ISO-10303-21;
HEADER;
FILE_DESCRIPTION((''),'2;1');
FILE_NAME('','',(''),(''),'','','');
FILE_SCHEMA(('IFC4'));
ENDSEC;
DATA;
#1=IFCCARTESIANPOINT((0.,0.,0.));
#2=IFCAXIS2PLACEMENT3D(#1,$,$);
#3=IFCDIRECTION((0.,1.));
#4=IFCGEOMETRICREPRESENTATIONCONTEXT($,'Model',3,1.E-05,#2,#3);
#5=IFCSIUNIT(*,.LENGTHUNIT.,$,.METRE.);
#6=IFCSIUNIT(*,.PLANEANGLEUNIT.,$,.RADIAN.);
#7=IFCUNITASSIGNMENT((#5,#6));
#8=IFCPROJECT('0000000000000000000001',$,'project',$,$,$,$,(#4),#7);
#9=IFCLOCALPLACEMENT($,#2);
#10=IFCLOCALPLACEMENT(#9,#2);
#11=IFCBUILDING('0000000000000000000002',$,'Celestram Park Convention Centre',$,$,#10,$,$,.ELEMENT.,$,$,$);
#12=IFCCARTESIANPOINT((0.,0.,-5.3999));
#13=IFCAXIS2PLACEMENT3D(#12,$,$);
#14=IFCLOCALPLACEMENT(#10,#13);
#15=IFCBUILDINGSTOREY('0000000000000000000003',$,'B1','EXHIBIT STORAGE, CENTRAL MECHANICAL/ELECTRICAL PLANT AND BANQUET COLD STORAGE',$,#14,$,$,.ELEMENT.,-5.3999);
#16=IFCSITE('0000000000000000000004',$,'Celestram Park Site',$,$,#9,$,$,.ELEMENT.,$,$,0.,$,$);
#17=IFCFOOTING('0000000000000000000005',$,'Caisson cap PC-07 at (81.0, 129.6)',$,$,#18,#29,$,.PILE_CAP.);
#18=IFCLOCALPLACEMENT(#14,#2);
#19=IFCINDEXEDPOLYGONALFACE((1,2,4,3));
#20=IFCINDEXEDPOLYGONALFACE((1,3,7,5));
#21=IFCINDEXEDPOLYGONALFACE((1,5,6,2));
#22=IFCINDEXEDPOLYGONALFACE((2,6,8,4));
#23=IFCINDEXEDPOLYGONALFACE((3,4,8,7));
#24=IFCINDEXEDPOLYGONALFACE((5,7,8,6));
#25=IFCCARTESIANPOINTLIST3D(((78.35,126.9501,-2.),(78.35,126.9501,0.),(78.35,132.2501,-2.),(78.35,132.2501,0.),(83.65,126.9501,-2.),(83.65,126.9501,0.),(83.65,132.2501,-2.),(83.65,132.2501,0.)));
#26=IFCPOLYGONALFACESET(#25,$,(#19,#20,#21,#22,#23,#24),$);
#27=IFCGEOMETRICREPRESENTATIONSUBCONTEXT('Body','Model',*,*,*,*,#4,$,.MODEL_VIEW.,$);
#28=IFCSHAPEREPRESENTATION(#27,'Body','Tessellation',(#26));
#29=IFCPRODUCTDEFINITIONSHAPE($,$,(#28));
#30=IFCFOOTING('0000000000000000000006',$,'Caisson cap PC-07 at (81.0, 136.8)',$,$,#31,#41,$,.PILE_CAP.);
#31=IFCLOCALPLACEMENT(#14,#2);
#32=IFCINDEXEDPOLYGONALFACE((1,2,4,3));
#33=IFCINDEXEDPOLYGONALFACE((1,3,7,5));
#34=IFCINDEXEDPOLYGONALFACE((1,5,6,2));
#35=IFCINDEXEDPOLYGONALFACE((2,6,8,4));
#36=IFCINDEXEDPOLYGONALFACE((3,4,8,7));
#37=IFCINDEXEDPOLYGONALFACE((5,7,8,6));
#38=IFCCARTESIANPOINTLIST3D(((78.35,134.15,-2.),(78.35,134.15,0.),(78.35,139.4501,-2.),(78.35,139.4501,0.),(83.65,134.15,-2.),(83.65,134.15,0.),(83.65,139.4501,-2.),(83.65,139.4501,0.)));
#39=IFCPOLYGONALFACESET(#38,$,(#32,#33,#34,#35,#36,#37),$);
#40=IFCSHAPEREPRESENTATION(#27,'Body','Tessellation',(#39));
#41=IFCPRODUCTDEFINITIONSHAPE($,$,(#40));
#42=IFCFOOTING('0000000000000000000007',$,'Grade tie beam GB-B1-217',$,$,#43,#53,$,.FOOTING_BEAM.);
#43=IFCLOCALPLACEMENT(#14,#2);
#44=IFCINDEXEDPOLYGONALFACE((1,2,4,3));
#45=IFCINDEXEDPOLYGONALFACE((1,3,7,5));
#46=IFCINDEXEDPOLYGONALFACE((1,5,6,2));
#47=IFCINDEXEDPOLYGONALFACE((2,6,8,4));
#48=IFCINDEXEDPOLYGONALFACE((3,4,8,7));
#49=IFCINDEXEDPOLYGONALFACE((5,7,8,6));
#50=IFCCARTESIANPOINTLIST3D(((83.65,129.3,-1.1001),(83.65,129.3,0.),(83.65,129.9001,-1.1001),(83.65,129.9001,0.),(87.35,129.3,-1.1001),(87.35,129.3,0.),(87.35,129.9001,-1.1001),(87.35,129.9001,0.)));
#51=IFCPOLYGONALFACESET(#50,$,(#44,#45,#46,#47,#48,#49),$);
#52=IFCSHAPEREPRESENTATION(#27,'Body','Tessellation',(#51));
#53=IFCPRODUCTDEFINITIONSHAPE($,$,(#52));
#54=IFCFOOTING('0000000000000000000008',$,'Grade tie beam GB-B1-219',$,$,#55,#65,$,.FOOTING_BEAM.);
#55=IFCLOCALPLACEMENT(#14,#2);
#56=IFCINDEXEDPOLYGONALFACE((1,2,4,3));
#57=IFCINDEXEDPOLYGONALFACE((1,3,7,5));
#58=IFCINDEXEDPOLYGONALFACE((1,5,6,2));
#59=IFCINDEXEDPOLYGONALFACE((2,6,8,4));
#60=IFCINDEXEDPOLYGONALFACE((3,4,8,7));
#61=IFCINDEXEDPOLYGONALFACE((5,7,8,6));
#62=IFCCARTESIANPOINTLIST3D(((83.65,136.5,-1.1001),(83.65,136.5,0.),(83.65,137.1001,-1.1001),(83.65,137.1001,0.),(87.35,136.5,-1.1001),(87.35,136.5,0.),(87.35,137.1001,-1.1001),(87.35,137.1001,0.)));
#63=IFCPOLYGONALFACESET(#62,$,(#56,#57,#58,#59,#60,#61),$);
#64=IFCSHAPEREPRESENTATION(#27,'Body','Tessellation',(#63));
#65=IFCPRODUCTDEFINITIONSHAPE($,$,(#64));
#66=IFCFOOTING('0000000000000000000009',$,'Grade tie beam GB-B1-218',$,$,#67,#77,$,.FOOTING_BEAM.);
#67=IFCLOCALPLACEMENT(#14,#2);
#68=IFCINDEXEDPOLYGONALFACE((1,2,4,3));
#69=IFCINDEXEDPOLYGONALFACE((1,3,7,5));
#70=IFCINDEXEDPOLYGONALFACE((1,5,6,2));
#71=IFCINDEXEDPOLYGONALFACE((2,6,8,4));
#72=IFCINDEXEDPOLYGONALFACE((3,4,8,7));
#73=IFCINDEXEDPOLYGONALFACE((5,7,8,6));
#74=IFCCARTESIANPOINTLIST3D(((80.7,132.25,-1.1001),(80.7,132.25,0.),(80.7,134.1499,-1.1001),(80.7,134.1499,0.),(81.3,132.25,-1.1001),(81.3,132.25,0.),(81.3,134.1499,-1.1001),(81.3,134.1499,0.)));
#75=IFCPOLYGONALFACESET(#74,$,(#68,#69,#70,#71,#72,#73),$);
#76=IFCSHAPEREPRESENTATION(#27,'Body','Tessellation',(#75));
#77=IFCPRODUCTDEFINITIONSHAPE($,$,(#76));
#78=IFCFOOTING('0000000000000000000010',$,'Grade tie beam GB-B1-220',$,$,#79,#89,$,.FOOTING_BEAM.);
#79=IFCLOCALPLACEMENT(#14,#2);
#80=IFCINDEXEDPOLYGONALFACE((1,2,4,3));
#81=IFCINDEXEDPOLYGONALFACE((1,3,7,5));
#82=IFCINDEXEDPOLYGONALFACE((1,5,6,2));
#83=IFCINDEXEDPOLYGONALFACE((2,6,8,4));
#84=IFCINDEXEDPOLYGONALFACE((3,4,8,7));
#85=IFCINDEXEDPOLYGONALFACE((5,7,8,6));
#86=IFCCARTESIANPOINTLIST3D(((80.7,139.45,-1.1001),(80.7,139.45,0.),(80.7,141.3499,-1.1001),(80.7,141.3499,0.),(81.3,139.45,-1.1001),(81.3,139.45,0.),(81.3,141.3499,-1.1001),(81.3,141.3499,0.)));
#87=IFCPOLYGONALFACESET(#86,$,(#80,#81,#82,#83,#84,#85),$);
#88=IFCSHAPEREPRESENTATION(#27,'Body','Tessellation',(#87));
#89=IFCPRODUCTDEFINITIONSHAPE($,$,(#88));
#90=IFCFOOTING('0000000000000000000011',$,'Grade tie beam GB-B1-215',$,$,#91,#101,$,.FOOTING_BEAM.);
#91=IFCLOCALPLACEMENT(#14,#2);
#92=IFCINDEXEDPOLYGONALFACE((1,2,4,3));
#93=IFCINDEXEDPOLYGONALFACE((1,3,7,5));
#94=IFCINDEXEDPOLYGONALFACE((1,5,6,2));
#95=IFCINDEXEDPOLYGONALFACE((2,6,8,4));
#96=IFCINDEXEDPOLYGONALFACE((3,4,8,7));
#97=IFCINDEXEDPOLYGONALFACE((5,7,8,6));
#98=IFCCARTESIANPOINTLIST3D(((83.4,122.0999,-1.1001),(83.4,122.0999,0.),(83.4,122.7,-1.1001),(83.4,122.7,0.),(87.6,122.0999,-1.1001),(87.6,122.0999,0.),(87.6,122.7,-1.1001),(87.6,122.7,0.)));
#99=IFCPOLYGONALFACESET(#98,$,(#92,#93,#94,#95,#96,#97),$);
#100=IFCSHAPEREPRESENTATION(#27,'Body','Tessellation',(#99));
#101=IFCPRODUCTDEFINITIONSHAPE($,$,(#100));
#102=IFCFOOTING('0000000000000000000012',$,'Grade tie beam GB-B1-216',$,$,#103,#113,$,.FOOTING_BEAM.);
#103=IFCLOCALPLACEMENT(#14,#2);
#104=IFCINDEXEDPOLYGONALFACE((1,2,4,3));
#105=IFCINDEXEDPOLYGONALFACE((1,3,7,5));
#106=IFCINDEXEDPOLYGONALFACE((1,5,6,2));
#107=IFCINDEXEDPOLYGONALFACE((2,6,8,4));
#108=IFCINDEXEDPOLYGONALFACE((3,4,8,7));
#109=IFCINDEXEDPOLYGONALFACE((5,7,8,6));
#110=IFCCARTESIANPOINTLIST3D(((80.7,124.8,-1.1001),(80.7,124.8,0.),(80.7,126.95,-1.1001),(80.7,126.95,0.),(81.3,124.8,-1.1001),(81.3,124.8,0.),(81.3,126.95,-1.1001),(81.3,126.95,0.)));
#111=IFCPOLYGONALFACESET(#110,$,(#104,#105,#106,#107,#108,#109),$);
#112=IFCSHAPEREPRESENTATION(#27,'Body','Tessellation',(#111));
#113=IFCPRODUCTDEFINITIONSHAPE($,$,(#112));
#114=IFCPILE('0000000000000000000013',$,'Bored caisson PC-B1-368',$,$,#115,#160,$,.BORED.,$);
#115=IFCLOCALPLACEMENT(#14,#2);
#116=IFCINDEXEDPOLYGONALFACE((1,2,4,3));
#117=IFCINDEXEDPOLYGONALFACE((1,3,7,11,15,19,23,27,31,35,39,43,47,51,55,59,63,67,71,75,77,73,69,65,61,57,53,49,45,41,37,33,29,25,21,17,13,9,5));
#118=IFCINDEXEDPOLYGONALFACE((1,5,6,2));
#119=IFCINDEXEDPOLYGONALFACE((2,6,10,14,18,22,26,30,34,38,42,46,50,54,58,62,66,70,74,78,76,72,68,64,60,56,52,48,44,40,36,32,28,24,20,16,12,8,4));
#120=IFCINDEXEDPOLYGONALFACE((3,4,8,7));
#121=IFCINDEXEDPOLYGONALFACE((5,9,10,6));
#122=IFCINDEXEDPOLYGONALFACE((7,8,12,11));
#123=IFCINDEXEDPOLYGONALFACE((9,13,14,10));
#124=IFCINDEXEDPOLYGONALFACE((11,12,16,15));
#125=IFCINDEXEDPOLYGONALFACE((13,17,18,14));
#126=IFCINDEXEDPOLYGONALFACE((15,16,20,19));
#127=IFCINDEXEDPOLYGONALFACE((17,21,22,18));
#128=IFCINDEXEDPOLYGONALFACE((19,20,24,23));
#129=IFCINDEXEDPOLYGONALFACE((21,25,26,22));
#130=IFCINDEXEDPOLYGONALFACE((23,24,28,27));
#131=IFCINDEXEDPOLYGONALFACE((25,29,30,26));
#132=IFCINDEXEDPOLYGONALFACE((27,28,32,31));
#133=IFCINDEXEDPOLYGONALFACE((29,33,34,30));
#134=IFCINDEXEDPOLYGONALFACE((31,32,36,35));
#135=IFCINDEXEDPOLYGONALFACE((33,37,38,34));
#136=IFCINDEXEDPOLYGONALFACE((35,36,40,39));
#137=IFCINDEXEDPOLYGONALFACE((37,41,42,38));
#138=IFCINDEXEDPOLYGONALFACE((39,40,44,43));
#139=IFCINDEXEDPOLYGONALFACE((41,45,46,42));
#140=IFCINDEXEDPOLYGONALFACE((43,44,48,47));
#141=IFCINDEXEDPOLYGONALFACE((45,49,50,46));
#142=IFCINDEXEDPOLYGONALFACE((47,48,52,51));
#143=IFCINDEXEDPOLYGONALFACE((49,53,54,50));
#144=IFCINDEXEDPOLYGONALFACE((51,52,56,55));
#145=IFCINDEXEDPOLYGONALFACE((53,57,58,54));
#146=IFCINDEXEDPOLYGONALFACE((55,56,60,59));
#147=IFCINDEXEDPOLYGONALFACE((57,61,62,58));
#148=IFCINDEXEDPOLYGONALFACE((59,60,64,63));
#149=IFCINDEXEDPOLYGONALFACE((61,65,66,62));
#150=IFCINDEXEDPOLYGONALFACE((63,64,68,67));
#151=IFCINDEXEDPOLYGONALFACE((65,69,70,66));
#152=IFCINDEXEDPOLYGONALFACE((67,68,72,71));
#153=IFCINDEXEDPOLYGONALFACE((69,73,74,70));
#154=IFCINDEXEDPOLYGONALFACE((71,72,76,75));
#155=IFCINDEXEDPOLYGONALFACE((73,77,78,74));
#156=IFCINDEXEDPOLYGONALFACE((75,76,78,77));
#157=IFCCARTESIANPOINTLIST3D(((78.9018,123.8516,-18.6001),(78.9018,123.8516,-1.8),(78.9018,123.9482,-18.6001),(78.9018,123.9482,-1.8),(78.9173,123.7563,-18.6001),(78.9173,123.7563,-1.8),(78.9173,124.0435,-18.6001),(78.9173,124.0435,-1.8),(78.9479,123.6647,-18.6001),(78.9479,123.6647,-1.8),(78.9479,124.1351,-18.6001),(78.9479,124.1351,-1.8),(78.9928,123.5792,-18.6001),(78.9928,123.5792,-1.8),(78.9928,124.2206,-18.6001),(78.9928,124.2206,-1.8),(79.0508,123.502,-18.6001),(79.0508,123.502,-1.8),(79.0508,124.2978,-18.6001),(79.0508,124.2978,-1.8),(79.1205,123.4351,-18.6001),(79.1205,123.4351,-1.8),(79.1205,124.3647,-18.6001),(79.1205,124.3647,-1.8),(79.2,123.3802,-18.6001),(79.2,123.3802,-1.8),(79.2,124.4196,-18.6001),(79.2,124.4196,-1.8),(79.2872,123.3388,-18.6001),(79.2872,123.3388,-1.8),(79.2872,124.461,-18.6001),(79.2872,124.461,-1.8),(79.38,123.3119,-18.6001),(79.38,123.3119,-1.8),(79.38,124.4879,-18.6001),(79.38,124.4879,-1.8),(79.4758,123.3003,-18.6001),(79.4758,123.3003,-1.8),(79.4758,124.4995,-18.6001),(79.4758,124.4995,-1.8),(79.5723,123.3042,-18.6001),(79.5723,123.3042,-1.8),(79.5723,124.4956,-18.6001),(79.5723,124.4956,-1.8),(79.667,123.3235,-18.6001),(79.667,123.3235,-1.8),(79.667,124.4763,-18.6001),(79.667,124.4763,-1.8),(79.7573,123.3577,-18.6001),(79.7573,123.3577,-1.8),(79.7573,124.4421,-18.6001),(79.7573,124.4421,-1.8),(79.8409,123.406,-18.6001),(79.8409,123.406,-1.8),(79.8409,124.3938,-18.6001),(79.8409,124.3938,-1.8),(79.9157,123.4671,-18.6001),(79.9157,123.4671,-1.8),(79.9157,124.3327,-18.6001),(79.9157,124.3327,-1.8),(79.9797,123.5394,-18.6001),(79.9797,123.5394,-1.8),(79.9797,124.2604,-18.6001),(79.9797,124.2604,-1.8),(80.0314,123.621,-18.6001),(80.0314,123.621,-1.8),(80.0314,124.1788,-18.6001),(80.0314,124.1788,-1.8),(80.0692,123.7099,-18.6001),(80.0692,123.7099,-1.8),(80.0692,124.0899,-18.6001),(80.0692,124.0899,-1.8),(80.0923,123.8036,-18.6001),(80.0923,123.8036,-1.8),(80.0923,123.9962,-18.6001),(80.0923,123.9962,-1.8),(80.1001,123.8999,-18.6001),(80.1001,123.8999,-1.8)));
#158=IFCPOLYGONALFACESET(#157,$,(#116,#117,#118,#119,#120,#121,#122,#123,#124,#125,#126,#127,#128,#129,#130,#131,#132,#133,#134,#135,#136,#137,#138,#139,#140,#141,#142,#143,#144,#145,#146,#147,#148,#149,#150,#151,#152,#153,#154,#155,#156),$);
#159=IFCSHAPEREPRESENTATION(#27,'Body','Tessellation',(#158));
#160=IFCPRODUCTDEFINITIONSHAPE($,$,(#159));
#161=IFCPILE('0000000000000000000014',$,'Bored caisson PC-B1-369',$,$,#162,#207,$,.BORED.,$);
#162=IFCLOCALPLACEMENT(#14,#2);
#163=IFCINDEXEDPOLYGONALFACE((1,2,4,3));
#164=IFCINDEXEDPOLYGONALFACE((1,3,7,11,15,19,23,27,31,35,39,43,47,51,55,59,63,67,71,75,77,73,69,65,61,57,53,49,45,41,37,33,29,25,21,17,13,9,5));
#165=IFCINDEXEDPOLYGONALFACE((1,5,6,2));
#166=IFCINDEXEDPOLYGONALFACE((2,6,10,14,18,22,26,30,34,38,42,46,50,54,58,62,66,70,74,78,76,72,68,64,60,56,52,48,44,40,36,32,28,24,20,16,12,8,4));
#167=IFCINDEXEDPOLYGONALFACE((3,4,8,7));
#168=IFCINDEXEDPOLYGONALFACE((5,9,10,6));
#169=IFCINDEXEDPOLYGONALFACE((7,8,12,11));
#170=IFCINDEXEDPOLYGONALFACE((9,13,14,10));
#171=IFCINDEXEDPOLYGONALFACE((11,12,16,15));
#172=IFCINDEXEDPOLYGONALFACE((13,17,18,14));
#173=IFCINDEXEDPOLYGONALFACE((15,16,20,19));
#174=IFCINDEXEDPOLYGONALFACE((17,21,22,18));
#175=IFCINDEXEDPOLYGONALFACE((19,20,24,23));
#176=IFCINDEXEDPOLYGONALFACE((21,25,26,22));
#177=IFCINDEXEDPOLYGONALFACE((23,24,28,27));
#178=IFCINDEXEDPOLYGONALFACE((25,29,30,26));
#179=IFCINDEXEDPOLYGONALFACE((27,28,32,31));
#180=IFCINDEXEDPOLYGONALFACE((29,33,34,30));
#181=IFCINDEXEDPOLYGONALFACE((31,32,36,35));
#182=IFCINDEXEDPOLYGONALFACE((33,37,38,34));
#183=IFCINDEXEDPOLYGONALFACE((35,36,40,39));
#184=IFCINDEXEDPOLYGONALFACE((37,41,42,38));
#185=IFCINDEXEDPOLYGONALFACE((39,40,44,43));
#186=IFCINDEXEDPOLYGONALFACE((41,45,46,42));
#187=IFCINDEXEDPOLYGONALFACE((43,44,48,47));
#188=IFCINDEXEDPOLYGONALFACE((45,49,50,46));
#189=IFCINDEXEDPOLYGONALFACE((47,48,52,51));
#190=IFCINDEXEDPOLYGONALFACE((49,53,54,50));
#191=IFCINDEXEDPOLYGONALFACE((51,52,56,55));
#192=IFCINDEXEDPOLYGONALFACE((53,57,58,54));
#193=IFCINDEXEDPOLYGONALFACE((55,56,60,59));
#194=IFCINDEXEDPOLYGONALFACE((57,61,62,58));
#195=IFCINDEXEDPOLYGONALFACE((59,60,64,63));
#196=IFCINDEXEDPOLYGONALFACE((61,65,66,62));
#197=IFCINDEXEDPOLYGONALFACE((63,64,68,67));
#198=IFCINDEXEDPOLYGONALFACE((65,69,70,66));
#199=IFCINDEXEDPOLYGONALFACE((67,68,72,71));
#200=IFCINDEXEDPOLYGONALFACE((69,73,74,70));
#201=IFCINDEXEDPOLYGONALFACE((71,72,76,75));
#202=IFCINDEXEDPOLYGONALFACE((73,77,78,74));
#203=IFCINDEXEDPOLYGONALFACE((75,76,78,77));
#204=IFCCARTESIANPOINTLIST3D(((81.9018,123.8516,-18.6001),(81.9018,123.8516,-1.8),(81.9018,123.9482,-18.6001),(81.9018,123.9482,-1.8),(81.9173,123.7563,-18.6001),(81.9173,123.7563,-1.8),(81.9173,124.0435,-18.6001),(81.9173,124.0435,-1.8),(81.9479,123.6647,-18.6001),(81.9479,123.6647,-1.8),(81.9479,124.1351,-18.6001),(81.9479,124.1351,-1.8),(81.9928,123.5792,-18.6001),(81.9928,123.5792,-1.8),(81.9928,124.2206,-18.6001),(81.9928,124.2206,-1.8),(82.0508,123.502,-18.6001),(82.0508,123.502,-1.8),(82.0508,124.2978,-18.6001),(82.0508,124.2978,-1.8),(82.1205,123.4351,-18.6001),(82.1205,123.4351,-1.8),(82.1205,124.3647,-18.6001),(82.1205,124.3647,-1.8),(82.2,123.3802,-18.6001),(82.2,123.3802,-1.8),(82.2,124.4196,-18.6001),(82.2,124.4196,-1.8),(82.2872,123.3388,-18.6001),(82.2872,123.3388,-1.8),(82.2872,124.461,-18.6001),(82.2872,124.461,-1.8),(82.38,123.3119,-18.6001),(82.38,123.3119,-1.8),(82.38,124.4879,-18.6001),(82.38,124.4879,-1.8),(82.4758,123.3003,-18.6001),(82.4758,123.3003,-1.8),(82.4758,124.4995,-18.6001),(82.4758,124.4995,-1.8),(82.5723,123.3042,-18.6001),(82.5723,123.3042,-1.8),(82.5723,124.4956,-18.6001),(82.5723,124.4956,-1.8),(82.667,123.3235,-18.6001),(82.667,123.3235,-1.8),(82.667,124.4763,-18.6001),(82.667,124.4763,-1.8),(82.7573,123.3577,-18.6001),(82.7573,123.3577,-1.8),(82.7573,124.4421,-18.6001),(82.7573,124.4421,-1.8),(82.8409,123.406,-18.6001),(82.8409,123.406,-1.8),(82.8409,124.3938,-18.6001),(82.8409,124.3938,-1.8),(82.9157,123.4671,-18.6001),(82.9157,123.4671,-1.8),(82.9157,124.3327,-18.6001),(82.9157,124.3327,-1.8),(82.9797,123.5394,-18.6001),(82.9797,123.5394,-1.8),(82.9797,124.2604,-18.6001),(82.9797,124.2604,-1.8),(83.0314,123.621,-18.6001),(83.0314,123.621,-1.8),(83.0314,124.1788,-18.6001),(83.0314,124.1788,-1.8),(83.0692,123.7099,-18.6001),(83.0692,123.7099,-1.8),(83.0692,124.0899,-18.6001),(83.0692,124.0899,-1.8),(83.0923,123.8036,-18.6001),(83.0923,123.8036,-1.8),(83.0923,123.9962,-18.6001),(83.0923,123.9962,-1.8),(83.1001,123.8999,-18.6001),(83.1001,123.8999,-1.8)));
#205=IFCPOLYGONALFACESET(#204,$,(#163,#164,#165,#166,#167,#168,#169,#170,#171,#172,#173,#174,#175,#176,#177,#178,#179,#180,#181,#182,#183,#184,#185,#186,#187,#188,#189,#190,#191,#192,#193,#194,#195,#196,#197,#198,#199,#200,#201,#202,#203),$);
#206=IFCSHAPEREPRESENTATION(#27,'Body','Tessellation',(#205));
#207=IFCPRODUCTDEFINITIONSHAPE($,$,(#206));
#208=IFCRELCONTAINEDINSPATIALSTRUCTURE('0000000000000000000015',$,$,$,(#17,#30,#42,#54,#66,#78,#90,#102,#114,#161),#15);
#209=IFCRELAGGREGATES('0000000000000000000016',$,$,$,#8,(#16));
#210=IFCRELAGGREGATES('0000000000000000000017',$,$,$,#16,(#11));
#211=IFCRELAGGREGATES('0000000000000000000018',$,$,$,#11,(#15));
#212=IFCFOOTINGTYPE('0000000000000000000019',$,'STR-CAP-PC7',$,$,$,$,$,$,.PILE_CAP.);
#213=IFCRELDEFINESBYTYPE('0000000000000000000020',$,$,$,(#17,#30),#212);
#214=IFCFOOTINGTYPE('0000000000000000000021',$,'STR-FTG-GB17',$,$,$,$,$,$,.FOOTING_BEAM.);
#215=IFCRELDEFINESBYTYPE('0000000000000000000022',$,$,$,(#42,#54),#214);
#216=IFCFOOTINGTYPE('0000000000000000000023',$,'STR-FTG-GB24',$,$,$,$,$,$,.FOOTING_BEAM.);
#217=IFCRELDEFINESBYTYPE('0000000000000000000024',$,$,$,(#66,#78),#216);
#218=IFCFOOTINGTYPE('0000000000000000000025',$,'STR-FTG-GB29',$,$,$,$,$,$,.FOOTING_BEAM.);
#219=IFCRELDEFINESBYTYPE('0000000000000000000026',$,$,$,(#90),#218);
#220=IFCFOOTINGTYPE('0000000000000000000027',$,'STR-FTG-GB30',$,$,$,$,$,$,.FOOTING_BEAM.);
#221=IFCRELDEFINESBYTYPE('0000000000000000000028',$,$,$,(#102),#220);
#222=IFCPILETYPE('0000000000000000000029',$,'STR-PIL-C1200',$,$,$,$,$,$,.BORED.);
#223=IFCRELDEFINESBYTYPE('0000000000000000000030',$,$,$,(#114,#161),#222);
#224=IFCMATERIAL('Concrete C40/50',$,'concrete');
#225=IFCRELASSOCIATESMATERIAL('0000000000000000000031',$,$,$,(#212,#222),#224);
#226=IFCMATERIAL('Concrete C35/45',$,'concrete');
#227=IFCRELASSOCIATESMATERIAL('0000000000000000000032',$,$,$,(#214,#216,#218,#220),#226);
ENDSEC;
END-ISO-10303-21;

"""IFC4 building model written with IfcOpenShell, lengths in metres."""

from ifc_helpers import new_model, si_unit, direction, frame, origin, origin_2d, place, context, subcontext, project, spatial, rectangle, circle, extrude, material, material_profile, profile_set, type_object, element, save


model = new_model("IFC4")

# Units and contexts
model_context = context("Model", 3, precision=1e-05, world=origin(), true_north=direction((0.0, 1.0)))
body_context = subcontext(model_context, "Body", "Model", "MODEL_VIEW")
ifc_project = project(units=[si_unit("LENGTHUNIT", "METRE"), si_unit("PLANEANGLEUNIT", "RADIAN")], contexts=[model_context])

# Site, building, storey
site_placement = place(None, origin())
site = spatial("IfcSite", under=ifc_project, at=site_placement, Name="Celestram Park Site", CompositionType="ELEMENT", RefElevation=0.0)
building_placement = place(site_placement, origin())
building = spatial("IfcBuilding", under=site, at=building_placement, Name="Celestram Park Convention Centre", CompositionType="ELEMENT")
storey_placement = place(building_placement, frame((0.0, 0.0, -5.3999)))
storey = spatial("IfcBuildingStorey", under=building, at=storey_placement, Name="B1", Description="EXHIBIT STORAGE, CENTRAL MECHANICAL/ELECTRICAL PLANT AND BANQUET COLD STORAGE", CompositionType="ELEMENT", Elevation=-5.3999)

# Footings
ifc_material_1 = material(Name="Concrete C40/50", Category="concrete")
footing_type_1 = type_object("IfcFootingType", Name="STR-CAP-PC7", PredefinedType="PILE_CAP", material=ifc_material_1)
for number, where, z_axis, x_axis, name in (
    (1, (81.0, 129.6001, -2.0), (0.0, 0.0, 1.0), (1.0, 0.0, 0.0), "Caisson cap PC-07 at (81.0, 129.6)"),
    (2, (81.0, 136.8, -2.0), (0.0, 0.0, 1.0), (1.0, 0.0, 0.0), "Caisson cap PC-07 at (81.0, 136.8)"),
):
    element("IfcFooting", number, at=place(storey_placement, frame(where, z_axis=z_axis, x_axis=x_axis)), inside=storey, type_object=footing_type_1, Name=name, PredefinedType="PILE_CAP", context=body_context, shape_type="SweptSolid", body=[
        extrude(rectangle(XDim=5.3, YDim=5.3, at=origin_2d()), origin(), (0.0, 0.0, 1.0), 2.0),
    ])
ifc_material_2 = material(Name="Concrete C35/45", Category="concrete")
footing_type_2 = type_object("IfcFootingType", Name="STR-FTG-GB17", PredefinedType="FOOTING_BEAM", material=ifc_material_2)
for number, where, z_axis, x_axis, name in (
    (3, (85.5, 129.6001, -1.1001), (0.0, 0.0, 1.0), (1.0, 0.0, 0.0), "Grade tie beam GB-B1-217"),
    (4, (85.5, 136.8, -1.1001), (0.0, 0.0, 1.0), (1.0, 0.0, 0.0), "Grade tie beam GB-B1-219"),
):
    element("IfcFooting", number, at=place(storey_placement, frame(where, z_axis=z_axis, x_axis=x_axis)), inside=storey, type_object=footing_type_2, Name=name, PredefinedType="FOOTING_BEAM", context=body_context, shape_type="SweptSolid", body=[
        extrude(rectangle(XDim=3.7, YDim=0.6001, at=origin_2d()), origin(), (0.0, 0.0, 1.0), 1.1001),
    ])
footing_type_3 = type_object("IfcFootingType", Name="STR-FTG-GB24", PredefinedType="FOOTING_BEAM", material=ifc_material_2)
for number, where, z_axis, x_axis, name in (
    (5, (81.0, 133.2, -1.1001), (0.0, 0.0, 1.0), (0.0, 1.0, 0.0), "Grade tie beam GB-B1-218"),
    (6, (81.0, 140.3999, -1.1001), (0.0, 0.0, 1.0), (0.0, 1.0, 0.0), "Grade tie beam GB-B1-220"),
):
    element("IfcFooting", number, at=place(storey_placement, frame(where, z_axis=z_axis, x_axis=x_axis)), inside=storey, type_object=footing_type_3, Name=name, PredefinedType="FOOTING_BEAM", context=body_context, shape_type="SweptSolid", body=[
        extrude(rectangle(XDim=1.8999, YDim=0.6001, at=origin_2d()), origin(), (0.0, 0.0, 1.0), 1.1001),
    ])
footing_type_4 = type_object("IfcFootingType", Name="STR-FTG-GB29", PredefinedType="FOOTING_BEAM", material=ifc_material_2)
footing_1_placement = place(storey_placement, frame((85.5, 122.3999, -1.1001), z_axis=(0.0, 0.0, 1.0), x_axis=(1.0, 0.0, 0.0)))
element("IfcFooting", 7, at=footing_1_placement, inside=storey, type_object=footing_type_4, Name="Grade tie beam GB-B1-215", PredefinedType="FOOTING_BEAM", context=body_context, shape_type="SweptSolid", body=[
    extrude(rectangle(XDim=4.2, YDim=0.6001, at=origin_2d()), origin(), (0.0, 0.0, 1.0), 1.1001),
])
footing_type_5 = type_object("IfcFootingType", Name="STR-FTG-GB30", PredefinedType="FOOTING_BEAM", material=ifc_material_2)
footing_2_placement = place(storey_placement, frame((81.0, 125.875, -1.1001), z_axis=(0.0, 0.0, 1.0), x_axis=(0.0, 1.0, 0.0)))
element("IfcFooting", 8, at=footing_2_placement, inside=storey, type_object=footing_type_5, Name="Grade tie beam GB-B1-216", PredefinedType="FOOTING_BEAM", context=body_context, shape_type="SweptSolid", body=[
    extrude(rectangle(XDim=2.1499, YDim=0.6001, at=origin_2d()), origin(), (0.0, 0.0, 1.0), 1.1001),
])

# Piles
ifc_material_profile_1 = material_profile(ifc_material_1, circle(Radius=0.6001, at=origin_2d()), Name="CAISSON1200")
ifc_profile_set_1 = profile_set([ifc_material_profile_1], Name="Concrete C40/50")
pile_type_1 = type_object("IfcPileType", Name="STR-PIL-C1200", PredefinedType="BORED", material=ifc_profile_set_1)
for number, where, z_axis, x_axis, name in (
    (9, (79.5, 123.8999, -1.8), (0.0, 0.0, -1.0), (1.0, 0.0, 0.0), "Bored caisson PC-B1-368"),
    (10, (82.5, 123.8999, -1.8), (0.0, 0.0, -1.0), (1.0, 0.0, 0.0), "Bored caisson PC-B1-369"),
):
    element("IfcPile", number, at=place(storey_placement, frame(where, z_axis=z_axis, x_axis=x_axis)), inside=storey, type_object=pile_type_1, Name=name, PredefinedType="BORED", context=body_context, shape_type="SweptSolid", body=[
        extrude(circle(Radius=0.6001, at=origin_2d()), origin(), (0.0, 0.0, 1.0), 16.8),
    ])

save(model, "model.ifc")
